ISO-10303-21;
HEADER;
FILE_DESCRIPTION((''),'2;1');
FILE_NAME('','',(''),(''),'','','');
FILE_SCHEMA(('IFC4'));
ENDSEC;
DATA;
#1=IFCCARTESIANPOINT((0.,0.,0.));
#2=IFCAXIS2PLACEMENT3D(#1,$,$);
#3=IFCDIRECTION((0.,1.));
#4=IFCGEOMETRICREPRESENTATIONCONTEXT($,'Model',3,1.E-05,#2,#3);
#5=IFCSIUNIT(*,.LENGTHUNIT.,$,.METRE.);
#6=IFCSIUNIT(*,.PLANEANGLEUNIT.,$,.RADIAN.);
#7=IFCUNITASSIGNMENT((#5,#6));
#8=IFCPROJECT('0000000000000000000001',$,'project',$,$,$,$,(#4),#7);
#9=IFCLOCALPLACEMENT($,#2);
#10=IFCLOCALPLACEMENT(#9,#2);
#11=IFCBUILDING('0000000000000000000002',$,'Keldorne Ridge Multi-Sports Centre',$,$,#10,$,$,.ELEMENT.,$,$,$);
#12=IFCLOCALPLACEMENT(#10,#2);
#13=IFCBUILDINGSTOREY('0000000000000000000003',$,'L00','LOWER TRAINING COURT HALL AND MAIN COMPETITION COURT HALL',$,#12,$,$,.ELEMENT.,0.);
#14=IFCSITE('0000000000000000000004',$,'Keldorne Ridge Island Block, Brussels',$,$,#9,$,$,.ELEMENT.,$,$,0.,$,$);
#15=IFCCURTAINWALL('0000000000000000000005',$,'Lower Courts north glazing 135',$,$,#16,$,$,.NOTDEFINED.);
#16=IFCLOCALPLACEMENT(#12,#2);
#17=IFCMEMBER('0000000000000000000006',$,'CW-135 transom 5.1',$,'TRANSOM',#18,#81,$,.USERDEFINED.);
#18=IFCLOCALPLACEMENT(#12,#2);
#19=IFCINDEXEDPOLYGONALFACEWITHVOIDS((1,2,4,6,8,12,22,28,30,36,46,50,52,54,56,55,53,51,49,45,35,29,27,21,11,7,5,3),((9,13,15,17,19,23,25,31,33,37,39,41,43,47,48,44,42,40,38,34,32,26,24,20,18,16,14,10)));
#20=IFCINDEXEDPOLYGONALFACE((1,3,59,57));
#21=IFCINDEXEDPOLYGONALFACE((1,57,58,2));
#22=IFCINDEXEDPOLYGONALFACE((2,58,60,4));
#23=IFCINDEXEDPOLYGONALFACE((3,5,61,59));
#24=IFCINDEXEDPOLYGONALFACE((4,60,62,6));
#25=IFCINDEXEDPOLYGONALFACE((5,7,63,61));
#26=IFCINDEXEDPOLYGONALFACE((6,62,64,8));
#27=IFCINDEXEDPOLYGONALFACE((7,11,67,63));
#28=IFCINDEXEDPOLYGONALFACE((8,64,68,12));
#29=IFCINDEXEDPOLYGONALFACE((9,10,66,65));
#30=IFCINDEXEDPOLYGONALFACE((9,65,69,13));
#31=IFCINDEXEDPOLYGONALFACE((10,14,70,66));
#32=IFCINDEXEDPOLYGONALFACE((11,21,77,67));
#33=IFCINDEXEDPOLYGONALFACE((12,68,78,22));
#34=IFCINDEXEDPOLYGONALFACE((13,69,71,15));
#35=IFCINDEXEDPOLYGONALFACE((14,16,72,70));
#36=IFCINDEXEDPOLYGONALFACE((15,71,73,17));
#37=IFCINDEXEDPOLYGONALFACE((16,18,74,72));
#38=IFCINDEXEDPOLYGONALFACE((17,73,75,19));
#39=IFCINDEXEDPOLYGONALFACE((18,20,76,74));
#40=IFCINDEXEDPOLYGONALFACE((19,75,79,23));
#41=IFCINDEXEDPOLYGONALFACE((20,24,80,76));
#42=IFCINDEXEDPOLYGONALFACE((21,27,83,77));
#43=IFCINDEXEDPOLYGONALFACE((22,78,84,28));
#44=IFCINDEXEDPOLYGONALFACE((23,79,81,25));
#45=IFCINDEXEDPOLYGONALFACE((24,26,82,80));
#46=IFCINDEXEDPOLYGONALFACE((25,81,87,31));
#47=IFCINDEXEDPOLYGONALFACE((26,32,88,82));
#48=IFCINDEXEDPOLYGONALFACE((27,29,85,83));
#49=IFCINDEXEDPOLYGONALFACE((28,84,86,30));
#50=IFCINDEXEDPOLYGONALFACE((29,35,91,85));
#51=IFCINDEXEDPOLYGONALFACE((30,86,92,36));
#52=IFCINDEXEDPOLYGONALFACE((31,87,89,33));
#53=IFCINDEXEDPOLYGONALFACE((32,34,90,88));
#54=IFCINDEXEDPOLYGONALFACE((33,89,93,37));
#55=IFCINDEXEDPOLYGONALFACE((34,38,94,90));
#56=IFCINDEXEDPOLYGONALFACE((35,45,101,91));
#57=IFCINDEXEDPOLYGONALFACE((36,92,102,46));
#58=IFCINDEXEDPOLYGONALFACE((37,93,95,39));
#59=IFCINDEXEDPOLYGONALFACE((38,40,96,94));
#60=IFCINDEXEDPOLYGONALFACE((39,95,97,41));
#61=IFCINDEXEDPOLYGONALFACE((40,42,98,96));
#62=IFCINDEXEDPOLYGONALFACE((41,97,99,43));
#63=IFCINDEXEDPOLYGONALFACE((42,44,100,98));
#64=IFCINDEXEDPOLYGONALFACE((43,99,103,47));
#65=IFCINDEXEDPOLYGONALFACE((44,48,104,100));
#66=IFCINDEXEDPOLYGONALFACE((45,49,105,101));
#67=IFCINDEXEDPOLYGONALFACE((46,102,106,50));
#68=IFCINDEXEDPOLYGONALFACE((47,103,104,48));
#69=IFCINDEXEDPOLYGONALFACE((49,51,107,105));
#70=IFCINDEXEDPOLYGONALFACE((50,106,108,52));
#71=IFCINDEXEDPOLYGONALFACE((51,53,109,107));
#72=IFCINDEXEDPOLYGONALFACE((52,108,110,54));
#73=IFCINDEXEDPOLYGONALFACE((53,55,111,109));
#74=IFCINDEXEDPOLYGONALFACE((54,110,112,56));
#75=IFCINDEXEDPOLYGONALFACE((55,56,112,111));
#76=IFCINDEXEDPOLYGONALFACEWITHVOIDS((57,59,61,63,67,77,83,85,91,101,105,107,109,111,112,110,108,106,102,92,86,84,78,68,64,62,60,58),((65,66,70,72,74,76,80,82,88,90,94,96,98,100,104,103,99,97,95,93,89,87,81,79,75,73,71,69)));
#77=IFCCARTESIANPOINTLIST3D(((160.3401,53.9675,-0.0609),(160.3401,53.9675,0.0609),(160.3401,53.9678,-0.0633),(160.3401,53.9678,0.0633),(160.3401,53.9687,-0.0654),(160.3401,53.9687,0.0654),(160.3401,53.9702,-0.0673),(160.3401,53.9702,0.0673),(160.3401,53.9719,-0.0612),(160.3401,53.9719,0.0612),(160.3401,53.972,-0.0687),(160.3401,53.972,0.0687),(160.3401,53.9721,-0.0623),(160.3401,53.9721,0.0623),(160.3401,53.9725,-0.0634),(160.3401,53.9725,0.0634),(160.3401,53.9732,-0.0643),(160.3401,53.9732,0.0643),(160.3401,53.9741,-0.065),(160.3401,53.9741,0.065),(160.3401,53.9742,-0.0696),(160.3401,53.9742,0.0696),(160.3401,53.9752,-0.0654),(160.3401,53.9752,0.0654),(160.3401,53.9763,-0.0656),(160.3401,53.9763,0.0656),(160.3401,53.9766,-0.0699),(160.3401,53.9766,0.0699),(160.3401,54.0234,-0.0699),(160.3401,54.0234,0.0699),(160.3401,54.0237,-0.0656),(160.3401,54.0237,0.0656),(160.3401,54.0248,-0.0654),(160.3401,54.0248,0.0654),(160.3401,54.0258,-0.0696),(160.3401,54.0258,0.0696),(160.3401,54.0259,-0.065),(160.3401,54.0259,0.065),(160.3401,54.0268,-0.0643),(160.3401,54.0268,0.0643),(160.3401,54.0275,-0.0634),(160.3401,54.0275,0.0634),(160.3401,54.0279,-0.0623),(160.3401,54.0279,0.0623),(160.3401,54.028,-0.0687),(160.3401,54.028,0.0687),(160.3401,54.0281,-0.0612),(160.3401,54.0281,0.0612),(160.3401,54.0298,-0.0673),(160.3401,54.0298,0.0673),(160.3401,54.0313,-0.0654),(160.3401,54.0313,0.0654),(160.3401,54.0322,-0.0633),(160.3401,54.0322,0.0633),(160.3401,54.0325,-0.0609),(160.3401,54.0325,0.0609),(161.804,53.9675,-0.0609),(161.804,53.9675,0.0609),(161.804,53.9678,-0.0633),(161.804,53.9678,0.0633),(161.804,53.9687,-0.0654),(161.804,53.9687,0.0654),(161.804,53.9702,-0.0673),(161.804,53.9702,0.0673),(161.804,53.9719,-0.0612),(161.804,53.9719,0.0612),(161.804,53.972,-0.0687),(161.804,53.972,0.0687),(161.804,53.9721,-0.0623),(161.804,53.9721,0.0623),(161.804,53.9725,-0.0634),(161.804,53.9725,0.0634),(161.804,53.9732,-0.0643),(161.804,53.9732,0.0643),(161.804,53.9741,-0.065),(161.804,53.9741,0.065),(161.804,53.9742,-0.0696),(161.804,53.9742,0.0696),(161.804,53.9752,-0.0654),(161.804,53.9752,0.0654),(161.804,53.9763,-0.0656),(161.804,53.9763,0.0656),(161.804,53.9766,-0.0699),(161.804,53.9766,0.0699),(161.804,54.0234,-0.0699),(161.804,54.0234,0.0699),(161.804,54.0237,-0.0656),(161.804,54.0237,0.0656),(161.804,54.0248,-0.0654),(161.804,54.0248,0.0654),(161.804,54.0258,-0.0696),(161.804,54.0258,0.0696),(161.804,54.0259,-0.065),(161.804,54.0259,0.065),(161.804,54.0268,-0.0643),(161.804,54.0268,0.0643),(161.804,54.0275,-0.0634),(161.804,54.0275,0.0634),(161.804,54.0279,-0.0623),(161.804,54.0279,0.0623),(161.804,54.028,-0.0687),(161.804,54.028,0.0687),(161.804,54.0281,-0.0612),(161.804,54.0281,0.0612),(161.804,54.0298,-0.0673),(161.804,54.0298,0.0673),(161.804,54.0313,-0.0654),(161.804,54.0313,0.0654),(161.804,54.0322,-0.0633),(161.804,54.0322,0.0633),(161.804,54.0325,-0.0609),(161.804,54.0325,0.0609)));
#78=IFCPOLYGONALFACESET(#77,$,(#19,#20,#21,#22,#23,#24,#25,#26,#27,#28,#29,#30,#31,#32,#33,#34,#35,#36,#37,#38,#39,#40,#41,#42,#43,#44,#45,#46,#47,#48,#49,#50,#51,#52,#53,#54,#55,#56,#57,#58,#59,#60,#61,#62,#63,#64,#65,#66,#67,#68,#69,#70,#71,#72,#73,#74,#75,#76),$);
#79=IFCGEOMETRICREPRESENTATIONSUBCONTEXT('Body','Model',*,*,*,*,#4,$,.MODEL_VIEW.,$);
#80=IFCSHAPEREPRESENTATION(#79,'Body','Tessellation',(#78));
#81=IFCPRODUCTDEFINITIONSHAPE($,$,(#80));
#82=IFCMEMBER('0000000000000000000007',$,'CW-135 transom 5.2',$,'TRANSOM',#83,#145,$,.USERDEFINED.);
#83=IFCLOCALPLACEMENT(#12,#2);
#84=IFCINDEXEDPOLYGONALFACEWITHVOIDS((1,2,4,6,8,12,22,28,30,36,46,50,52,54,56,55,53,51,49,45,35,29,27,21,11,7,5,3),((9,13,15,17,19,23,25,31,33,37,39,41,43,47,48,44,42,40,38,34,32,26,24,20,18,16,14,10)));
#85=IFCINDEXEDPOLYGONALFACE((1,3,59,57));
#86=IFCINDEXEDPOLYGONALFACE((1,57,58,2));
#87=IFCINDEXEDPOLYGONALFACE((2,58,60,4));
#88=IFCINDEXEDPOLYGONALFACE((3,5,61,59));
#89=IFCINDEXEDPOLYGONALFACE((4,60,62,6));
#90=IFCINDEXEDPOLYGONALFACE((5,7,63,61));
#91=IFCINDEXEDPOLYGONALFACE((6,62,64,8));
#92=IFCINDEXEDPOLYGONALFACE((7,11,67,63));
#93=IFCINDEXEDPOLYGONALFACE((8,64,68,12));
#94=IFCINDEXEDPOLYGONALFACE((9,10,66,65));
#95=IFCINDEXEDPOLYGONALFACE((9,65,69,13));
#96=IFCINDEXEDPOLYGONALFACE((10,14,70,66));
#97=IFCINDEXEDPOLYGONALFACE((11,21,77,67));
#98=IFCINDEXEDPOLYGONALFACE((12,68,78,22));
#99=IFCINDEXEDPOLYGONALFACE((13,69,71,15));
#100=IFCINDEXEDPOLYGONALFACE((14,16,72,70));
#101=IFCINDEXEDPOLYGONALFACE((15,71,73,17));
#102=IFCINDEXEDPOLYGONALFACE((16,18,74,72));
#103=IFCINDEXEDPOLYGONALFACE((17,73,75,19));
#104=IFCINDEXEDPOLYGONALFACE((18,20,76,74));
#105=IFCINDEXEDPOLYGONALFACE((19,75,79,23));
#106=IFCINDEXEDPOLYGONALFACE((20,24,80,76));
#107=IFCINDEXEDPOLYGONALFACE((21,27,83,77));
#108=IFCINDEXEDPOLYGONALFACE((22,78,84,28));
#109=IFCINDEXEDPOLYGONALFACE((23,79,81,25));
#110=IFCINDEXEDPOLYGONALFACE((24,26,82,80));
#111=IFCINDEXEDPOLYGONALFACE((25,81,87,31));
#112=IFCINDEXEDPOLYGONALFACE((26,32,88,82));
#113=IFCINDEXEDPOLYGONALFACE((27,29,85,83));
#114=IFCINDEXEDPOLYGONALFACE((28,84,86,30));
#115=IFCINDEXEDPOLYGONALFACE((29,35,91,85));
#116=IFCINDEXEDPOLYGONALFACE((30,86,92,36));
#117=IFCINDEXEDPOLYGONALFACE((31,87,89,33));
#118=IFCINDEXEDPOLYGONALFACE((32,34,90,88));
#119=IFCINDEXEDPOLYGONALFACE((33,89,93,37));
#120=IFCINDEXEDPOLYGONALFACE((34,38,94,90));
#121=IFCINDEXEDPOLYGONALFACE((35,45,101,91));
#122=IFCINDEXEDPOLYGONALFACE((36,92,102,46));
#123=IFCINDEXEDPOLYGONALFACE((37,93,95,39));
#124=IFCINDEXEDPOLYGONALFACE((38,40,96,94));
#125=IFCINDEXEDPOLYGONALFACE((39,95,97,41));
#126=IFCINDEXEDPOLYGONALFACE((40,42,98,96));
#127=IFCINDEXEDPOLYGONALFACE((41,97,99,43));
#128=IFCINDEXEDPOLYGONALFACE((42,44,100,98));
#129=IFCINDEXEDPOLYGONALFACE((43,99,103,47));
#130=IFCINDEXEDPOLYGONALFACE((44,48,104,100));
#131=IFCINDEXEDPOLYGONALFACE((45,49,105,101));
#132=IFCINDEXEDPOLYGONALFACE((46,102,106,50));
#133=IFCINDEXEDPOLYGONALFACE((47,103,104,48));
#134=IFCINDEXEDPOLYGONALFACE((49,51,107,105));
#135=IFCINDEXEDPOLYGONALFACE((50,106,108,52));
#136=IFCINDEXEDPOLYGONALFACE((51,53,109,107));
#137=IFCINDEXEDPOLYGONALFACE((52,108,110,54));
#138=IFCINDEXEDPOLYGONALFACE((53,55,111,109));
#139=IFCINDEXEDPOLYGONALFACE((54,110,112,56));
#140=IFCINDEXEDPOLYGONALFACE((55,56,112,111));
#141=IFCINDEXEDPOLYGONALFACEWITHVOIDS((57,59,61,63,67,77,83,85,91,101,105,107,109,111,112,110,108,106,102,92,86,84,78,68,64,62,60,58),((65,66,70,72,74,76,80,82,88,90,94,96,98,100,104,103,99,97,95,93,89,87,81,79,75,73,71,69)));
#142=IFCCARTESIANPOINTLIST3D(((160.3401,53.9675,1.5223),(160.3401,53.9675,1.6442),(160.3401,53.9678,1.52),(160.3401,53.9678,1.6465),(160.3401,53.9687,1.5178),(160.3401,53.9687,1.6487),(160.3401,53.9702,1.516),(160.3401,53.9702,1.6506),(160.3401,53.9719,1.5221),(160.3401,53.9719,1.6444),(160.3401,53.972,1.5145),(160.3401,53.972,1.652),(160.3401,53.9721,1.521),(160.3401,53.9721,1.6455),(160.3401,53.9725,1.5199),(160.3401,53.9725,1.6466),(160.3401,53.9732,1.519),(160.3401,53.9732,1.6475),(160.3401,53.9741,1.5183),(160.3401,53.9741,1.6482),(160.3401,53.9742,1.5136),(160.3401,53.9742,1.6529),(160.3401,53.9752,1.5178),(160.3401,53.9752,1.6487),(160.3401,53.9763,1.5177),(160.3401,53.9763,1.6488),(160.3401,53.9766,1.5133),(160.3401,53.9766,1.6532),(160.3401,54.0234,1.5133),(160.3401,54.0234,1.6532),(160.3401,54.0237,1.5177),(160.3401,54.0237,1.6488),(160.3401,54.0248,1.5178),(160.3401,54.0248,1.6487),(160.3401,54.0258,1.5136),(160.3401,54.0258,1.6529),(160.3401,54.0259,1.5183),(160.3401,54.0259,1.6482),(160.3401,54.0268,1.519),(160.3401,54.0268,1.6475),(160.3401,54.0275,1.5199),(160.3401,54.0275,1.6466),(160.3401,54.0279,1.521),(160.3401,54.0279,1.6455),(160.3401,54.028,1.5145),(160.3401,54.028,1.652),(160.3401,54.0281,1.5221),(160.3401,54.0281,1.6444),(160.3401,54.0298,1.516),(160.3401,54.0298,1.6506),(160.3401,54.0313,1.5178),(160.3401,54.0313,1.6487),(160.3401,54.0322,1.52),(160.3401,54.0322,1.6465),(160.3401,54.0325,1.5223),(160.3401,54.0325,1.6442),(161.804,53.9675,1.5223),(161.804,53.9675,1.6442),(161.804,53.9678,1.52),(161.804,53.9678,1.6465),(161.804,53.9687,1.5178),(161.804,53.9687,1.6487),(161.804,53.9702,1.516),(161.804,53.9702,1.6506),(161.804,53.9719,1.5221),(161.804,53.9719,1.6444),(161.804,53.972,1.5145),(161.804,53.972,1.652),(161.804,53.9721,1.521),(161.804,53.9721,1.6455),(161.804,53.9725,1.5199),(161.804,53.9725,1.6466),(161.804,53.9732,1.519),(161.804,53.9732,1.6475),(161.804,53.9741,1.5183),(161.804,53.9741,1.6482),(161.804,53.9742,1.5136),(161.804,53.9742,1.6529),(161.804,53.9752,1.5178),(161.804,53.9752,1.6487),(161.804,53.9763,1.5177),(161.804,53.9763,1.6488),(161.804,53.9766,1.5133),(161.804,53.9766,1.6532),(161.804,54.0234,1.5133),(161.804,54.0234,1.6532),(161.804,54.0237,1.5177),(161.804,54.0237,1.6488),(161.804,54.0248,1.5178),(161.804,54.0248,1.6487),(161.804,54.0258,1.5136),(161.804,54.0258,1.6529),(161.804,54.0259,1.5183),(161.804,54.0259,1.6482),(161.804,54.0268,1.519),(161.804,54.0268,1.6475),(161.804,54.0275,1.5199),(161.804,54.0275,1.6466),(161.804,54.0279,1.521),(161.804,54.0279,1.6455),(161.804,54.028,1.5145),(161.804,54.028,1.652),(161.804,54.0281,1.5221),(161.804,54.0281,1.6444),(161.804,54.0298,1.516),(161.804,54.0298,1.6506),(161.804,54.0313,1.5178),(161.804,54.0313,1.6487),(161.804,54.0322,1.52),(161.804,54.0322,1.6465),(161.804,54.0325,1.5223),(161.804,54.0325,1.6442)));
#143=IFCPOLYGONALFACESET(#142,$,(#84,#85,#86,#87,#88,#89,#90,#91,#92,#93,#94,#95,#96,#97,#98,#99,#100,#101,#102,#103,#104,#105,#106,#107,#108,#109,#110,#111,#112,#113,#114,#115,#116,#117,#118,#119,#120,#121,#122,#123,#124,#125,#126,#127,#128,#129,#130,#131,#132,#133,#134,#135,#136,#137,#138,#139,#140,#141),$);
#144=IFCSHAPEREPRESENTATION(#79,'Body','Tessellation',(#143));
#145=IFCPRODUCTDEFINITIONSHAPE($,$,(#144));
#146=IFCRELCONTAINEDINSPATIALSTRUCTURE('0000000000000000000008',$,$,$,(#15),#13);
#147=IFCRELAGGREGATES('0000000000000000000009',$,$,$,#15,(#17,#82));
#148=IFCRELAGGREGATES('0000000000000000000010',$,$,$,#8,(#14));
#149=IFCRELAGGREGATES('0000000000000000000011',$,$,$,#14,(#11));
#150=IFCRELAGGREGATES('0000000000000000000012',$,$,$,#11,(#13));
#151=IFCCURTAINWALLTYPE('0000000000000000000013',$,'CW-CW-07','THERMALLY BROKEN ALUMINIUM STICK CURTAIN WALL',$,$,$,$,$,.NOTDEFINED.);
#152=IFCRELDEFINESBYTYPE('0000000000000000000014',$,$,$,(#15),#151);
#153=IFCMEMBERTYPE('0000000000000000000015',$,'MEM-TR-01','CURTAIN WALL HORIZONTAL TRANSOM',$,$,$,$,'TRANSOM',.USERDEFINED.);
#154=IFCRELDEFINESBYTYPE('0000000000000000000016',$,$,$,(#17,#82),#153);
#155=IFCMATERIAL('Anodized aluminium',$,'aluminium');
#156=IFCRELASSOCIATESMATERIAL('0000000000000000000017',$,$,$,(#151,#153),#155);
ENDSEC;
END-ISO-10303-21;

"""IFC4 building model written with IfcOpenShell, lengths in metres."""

from ifc_helpers import new_model, si_unit, direction, frame, origin, origin_2d, place, context, subcontext, project, spatial, hollow_rectangle, extrude, material, material_profile, profile_set, type_object, element, aggregate, save


model = new_model("IFC4")

# Units and contexts
model_context = context("Model", 3, precision=1e-05, world=origin(), true_north=direction((0.0, 1.0)))
body_context = subcontext(model_context, "Body", "Model", "MODEL_VIEW")
ifc_project = project(units=[si_unit("LENGTHUNIT", "METRE"), si_unit("PLANEANGLEUNIT", "RADIAN")], contexts=[model_context])

# Site, building, storey
site_placement = place(None, origin())
site = spatial("IfcSite", under=ifc_project, at=site_placement, Name="Keldorne Ridge Island Block, Brussels", CompositionType="ELEMENT", RefElevation=0.0)
building_placement = place(site_placement, origin())
building = spatial("IfcBuilding", under=site, at=building_placement, Name="Keldorne Ridge Multi-Sports Centre", CompositionType="ELEMENT")
storey_placement = place(building_placement, origin())
storey = spatial("IfcBuildingStorey", under=building, at=storey_placement, Name="L00", Description="LOWER TRAINING COURT HALL AND MAIN COMPETITION COURT HALL", CompositionType="ELEMENT", Elevation=0.0)

# Curtain wall
ifc_material_1 = material(Name="Anodized aluminium", Category="aluminium")
curtain_wall_type_1 = type_object("IfcCurtainWallType", Name="CW-CW-07", Description="THERMALLY BROKEN ALUMINIUM STICK CURTAIN WALL", PredefinedType="NOTDEFINED", material=ifc_material_1)
curtain_wall_1_placement = place(storey_placement, origin())
curtain_wall_1 = element("IfcCurtainWall", 1, at=curtain_wall_1_placement, inside=storey, type_object=curtain_wall_type_1, Name="Lower Courts north glazing 135", PredefinedType="NOTDEFINED")

# Members
ifc_material_profile_1 = material_profile(ifc_material_1, hollow_rectangle(XDim=0.0649, YDim=0.1399, WallThickness=0.0044, InnerFilletRadius=0.0044, OuterFilletRadius=0.009, at=origin_2d()), Name="ALU TRANSOM 140x65x4.5")
ifc_profile_set_1 = profile_set([ifc_material_profile_1], Name="Anodized aluminium")
member_type_1 = type_object("IfcMemberType", Name="MEM-TR-01", Description="CURTAIN WALL HORIZONTAL TRANSOM", ElementType="TRANSOM", PredefinedType="USERDEFINED", material=ifc_profile_set_1)
member_1_placement = place(storey_placement, frame((161.804, 54.0, 0.0), z_axis=(-1.0, 0.0, 0.0), x_axis=(0.0, -1.0, 0.0)))
member_1 = element("IfcMember", 2, at=member_1_placement, type_object=member_type_1, Name="CW-135 transom 5.1", ObjectType="TRANSOM", PredefinedType="USERDEFINED", context=body_context, shape_type="SweptSolid", body=[
    extrude(hollow_rectangle(XDim=0.0649, YDim=0.1399, WallThickness=0.0044, InnerFilletRadius=0.0044, OuterFilletRadius=0.009, at=origin_2d()), origin(), (0.0, 0.0, 1.0), 1.4639),
])
member_2_placement = place(storey_placement, frame((161.804, 54.0, 1.5833), z_axis=(-1.0, 0.0, 0.0), x_axis=(0.0, -1.0, 0.0)))
member_2 = element("IfcMember", 3, at=member_2_placement, type_object=member_type_1, Name="CW-135 transom 5.2", ObjectType="TRANSOM", PredefinedType="USERDEFINED", context=body_context, shape_type="SweptSolid", body=[
    extrude(hollow_rectangle(XDim=0.0649, YDim=0.1399, WallThickness=0.0044, InnerFilletRadius=0.0044, OuterFilletRadius=0.009, at=origin_2d()), origin(), (0.0, 0.0, 1.0), 1.4639),
])

aggregate(curtain_wall_1, [member_1, member_2])

save(model, "model.ifc")
